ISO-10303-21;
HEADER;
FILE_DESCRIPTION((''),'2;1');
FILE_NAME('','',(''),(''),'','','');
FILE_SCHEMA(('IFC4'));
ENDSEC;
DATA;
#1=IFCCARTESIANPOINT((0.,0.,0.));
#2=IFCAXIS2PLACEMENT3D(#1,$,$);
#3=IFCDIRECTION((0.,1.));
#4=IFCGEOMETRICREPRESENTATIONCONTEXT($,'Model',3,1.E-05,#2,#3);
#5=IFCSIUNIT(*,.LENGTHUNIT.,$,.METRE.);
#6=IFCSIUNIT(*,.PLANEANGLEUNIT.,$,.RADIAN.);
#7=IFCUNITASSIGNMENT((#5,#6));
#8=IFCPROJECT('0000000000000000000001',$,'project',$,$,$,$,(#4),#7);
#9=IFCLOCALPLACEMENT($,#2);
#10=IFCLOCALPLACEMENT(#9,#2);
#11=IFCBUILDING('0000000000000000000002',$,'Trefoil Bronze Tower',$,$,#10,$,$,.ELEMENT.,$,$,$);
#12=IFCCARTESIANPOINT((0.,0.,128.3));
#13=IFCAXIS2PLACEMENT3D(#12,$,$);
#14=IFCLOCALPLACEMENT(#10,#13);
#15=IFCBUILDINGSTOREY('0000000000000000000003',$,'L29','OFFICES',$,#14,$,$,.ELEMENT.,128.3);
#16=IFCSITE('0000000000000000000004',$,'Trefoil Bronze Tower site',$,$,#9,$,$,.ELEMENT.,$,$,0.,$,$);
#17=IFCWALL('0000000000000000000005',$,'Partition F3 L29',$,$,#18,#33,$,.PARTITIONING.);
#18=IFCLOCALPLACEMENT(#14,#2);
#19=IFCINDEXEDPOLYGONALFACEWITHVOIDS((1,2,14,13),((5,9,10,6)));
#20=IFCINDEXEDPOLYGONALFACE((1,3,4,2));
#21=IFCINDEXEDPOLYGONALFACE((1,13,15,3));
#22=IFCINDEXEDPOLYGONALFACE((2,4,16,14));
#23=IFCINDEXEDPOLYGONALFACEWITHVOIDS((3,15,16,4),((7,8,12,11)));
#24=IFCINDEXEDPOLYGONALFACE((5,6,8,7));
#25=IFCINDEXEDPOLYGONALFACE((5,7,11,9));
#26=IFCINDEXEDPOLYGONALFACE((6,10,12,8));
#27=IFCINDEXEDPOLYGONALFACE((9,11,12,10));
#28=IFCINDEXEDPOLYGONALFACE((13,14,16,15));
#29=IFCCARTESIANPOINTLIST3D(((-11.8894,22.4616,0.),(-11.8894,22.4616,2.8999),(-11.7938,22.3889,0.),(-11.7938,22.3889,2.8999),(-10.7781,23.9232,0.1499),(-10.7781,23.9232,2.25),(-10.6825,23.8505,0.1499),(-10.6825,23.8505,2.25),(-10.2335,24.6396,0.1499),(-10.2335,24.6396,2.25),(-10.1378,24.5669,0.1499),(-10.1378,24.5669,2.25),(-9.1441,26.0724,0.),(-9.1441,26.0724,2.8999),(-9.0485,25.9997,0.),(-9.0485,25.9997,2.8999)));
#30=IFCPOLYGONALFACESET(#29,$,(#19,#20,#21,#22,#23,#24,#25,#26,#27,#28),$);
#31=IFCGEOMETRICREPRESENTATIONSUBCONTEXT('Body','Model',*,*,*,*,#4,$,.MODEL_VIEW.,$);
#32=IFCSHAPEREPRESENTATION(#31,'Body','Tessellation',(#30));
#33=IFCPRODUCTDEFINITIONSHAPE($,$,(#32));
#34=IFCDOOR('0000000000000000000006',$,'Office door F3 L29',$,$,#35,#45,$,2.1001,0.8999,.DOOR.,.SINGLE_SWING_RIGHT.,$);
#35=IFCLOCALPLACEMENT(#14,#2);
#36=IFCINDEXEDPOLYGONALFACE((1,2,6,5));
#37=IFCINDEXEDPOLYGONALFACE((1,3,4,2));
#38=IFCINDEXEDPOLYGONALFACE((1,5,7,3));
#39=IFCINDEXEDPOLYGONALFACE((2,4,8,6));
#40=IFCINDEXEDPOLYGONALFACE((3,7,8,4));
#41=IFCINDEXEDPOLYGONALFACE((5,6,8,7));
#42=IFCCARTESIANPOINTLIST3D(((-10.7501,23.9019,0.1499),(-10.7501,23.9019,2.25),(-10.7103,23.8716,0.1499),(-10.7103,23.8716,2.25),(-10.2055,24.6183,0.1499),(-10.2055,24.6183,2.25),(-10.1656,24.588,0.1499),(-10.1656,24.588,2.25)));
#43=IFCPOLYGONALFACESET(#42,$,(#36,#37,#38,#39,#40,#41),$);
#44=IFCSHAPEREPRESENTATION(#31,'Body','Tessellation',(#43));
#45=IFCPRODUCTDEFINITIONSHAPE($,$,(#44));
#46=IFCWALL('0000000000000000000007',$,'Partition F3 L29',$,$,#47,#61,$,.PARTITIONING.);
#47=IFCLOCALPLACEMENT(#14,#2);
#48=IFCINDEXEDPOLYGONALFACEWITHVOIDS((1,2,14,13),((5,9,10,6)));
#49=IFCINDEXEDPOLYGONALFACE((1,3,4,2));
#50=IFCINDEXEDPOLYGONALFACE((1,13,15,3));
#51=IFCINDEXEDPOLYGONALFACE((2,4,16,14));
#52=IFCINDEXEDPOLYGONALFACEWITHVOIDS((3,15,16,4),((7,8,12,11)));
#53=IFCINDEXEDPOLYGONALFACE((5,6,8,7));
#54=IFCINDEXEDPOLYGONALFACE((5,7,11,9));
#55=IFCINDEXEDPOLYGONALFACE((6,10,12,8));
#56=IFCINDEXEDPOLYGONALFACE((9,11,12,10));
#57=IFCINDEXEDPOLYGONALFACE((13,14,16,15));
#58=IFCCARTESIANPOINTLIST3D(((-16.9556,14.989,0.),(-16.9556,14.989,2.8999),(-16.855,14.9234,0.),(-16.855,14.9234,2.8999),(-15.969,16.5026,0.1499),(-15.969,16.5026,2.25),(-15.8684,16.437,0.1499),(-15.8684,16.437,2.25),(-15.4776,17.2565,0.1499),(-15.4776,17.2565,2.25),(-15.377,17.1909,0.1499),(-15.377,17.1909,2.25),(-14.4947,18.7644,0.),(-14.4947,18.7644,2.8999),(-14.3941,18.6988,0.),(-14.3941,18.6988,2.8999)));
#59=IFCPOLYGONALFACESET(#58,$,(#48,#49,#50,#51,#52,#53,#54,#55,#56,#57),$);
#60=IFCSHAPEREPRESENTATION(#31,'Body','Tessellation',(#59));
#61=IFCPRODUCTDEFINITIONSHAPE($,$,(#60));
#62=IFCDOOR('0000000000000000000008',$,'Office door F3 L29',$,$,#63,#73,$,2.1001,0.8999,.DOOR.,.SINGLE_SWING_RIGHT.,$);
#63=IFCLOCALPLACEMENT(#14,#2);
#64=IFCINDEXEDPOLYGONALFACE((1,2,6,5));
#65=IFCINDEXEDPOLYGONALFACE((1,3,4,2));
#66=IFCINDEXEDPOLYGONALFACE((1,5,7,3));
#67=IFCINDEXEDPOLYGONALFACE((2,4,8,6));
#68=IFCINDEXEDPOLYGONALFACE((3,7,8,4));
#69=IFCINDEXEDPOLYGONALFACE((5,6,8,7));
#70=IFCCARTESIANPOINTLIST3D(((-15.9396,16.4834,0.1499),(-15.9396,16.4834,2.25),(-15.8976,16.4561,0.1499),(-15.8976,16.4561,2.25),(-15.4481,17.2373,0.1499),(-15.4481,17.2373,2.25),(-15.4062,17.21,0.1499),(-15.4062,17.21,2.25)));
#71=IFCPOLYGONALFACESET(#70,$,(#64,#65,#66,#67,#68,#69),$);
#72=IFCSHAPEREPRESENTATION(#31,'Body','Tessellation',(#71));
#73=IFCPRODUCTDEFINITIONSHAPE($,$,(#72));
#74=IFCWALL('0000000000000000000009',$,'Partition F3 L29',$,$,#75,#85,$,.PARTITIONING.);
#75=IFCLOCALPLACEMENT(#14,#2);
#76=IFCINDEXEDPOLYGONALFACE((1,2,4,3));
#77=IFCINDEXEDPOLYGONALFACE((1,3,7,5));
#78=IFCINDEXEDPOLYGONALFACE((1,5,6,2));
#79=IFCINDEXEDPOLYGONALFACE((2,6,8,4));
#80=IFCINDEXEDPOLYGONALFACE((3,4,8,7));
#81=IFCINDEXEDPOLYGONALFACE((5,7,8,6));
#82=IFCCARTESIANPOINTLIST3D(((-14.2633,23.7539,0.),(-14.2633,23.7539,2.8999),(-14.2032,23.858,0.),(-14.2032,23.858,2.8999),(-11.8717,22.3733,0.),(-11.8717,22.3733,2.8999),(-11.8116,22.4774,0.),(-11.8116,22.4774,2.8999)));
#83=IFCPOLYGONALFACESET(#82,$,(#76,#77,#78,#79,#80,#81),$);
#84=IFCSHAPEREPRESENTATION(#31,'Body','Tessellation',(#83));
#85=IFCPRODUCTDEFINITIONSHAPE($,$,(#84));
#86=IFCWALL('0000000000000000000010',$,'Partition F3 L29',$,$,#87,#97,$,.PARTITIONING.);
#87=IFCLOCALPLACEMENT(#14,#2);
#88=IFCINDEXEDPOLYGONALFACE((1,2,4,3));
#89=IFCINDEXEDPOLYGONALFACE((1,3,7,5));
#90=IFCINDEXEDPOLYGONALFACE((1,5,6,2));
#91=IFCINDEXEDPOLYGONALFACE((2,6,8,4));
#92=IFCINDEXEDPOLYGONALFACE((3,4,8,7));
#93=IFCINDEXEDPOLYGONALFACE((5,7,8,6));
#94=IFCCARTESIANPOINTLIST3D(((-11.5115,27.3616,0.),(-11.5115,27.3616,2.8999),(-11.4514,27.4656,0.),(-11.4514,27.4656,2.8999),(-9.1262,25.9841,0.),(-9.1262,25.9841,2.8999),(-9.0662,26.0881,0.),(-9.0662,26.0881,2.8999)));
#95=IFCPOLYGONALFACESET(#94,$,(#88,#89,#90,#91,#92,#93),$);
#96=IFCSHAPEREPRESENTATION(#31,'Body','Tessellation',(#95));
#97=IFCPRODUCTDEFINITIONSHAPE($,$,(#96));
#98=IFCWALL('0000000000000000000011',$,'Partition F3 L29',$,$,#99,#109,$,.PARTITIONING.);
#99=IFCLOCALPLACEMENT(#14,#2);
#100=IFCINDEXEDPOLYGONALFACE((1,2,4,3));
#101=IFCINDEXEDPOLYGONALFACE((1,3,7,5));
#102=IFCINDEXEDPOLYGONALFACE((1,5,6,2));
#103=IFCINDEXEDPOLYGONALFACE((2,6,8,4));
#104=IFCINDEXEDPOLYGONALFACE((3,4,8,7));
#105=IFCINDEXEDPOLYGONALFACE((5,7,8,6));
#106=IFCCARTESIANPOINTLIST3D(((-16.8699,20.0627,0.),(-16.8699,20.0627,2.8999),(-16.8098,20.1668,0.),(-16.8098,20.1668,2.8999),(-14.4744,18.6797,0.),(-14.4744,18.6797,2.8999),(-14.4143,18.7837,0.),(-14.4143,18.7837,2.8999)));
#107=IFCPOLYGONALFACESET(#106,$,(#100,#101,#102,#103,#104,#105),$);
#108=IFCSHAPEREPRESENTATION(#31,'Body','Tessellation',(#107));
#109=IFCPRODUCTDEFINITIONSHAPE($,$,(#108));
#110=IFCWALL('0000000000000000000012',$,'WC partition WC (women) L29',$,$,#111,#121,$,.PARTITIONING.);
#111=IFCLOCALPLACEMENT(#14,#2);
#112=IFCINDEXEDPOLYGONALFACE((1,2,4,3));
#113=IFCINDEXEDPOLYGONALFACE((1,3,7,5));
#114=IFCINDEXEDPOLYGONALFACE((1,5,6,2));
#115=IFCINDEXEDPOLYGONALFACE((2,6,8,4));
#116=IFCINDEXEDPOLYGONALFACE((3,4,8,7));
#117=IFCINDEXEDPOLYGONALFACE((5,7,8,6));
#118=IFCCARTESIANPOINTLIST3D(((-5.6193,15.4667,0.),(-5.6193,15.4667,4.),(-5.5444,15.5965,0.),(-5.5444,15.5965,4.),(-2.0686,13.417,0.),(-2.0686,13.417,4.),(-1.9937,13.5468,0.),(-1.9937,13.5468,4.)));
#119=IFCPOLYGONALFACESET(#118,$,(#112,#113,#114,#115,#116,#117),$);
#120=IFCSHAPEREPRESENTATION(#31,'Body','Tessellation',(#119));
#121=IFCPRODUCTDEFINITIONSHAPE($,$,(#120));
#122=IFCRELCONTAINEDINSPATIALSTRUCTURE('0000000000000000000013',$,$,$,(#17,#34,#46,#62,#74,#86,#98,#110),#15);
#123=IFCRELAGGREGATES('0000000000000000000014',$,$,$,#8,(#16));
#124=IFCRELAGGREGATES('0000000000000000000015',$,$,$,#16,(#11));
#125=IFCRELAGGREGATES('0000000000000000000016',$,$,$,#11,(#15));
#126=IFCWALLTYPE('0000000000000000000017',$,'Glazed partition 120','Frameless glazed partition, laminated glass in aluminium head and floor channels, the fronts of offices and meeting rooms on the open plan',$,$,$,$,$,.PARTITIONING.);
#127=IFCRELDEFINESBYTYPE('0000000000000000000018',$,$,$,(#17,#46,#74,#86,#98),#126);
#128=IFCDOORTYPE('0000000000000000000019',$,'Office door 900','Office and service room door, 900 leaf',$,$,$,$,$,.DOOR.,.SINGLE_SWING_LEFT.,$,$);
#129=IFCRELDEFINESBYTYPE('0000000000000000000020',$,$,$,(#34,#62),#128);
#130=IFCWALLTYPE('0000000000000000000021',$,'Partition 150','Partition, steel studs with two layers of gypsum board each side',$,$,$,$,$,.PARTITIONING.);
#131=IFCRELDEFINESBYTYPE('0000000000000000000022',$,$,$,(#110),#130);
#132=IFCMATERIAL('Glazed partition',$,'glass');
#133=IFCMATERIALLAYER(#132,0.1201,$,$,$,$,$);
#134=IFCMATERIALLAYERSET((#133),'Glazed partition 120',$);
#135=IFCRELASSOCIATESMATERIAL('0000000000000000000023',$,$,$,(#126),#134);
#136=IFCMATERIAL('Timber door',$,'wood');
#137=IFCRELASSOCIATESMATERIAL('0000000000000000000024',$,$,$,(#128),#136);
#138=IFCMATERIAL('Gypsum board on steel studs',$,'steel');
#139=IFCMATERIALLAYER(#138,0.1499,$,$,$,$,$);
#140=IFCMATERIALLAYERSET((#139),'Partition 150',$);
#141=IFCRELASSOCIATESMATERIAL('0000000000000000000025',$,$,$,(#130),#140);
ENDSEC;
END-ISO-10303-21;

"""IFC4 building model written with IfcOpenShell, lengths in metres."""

from ifc_helpers import new_model, si_unit, direction, frame, frame_2d, origin, place, context, subcontext, project, spatial, rectangle, extrude, material, layer, layer_set, type_object, element, fill, save


model = new_model("IFC4")

# Units and contexts
model_context = context("Model", 3, precision=1e-05, world=origin(), true_north=direction((0.0, 1.0)))
body_context = subcontext(model_context, "Body", "Model", "MODEL_VIEW")
ifc_project = project(units=[si_unit("LENGTHUNIT", "METRE"), si_unit("PLANEANGLEUNIT", "RADIAN")], contexts=[model_context])

# Site, building, storey
site_placement = place(None, origin())
site = spatial("IfcSite", under=ifc_project, at=site_placement, Name="Trefoil Bronze Tower site", CompositionType="ELEMENT", RefElevation=0.0)
building_placement = place(site_placement, origin())
building = spatial("IfcBuilding", under=site, at=building_placement, Name="Trefoil Bronze Tower", CompositionType="ELEMENT")
storey_placement = place(building_placement, frame((0.0, 0.0, 128.3)))
storey = spatial("IfcBuildingStorey", under=building, at=storey_placement, Name="L29", Description="OFFICES", CompositionType="ELEMENT", Elevation=128.3)

# Walls, openings, doors
ifc_material_1 = material(Name="Glazed partition", Category="glass")
ifc_layer_1 = layer(ifc_material_1, 0.1201)
ifc_layer_set_1 = layer_set([ifc_layer_1], Name="Glazed partition 120")
wall_type_1 = type_object("IfcWallType", Name="Glazed partition 120", Description="Frameless glazed partition, laminated glass in aluminium head and floor channels, the fronts of offices and meeting rooms on the open plan", PredefinedType="PARTITIONING", material=ifc_layer_set_1)
ifc_material_2 = material(Name="Timber door", Category="wood")
door_type_1 = type_object("IfcDoorType", Name="Office door 900", Description="Office and service room door, 900 leaf", OperationType="SINGLE_SWING_LEFT", PredefinedType="DOOR", material=ifc_material_2)
wall_1_placement = place(storey_placement, frame((-9.0962, 26.0361, 0.0), z_axis=(0.0, 0.0, 1.0), x_axis=(-0.60524, -0.796043, 0.0)))
wall_1 = element("IfcWall", 1, at=wall_1_placement, inside=storey, type_object=wall_type_1, Name="Partition F3 L29", PredefinedType="PARTITIONING", context=body_context, shape_type="SweptSolid", body=[
    extrude(rectangle(XDim=4.5359, YDim=0.1201, at=frame_2d((2.2681, 0.0))), origin(), (0.0, 0.0, 1.0), 2.8999),
])
opening_1_placement = place(wall_1_placement, frame((1.8, 0.0, 0.1499)))
opening_1 = element("IfcOpeningElement", 2, at=opening_1_placement, cuts=wall_1, PredefinedType="OPENING", context=body_context, shape_type="SweptSolid", body=[
    extrude(rectangle(XDim=0.8999, YDim=2.1001, at=frame_2d((0.45, 1.05))), frame((0.0, 0.0701, 0.0), z_axis=(0.0, -1.0, 0.0), x_axis=(1.0, 0.0, 0.0)), (0.0, 0.0, 1.0), 0.1401),
])
door_1_placement = place(opening_1_placement, frame((0.8999, 0.0, 0.0), z_axis=(0.0, 0.0, 1.0), x_axis=(-1.0, 0.0, 0.0)))
door_1 = element("IfcDoor", 3, at=door_1_placement, inside=storey, type_object=door_type_1, Name="Office door F3 L29", OperationType="SINGLE_SWING_RIGHT", OverallHeight=2.1001, OverallWidth=0.8999, PredefinedType="DOOR", context=body_context, shape_type="SweptSolid", body=[
    extrude(rectangle(XDim=0.8999, YDim=2.1001, at=frame_2d((0.45, 1.05))), frame((0.0, 0.0249, 0.0), z_axis=(0.0, -1.0, 0.0), x_axis=(1.0, 0.0, 0.0)), (0.0, 0.0, 1.0), 0.05),
])
fill(opening_1, door_1)
wall_2_placement = place(storey_placement, frame((-14.4443, 18.7317, 0.0), z_axis=(0.0, 0.0, 1.0), x_axis=(-0.546069, -0.83774, 0.0)))
wall_2 = element("IfcWall", 4, at=wall_2_placement, inside=storey, type_object=wall_type_1, Name="Partition F3 L29", PredefinedType="PARTITIONING", context=body_context, shape_type="SweptSolid", body=[
    extrude(rectangle(XDim=4.5066, YDim=0.1201, at=frame_2d((2.2534, 0.0))), origin(), (0.0, 0.0, 1.0), 2.8999),
])
opening_2_placement = place(wall_2_placement, frame((1.8, 0.0, 0.1499)))
opening_2 = element("IfcOpeningElement", 5, at=opening_2_placement, cuts=wall_2, PredefinedType="OPENING", context=body_context, shape_type="SweptSolid", body=[
    extrude(rectangle(XDim=0.8999, YDim=2.1001, at=frame_2d((0.45, 1.05))), frame((0.0, 0.0701, 0.0), z_axis=(0.0, -1.0, 0.0), x_axis=(1.0, 0.0, 0.0)), (0.0, 0.0, 1.0), 0.1401),
])
door_2_placement = place(opening_2_placement, frame((0.8999, 0.0, 0.0), z_axis=(0.0, 0.0, 1.0), x_axis=(-1.0, 0.0, 0.0)))
door_2 = element("IfcDoor", 6, at=door_2_placement, inside=storey, type_object=door_type_1, Name="Office door F3 L29", OperationType="SINGLE_SWING_RIGHT", OverallHeight=2.1001, OverallWidth=0.8999, PredefinedType="DOOR", context=body_context, shape_type="SweptSolid", body=[
    extrude(rectangle(XDim=0.8999, YDim=2.1001, at=frame_2d((0.45, 1.05))), frame((0.0, 0.0249, 0.0), z_axis=(0.0, -1.0, 0.0), x_axis=(1.0, 0.0, 0.0)), (0.0, 0.0, 1.0), 0.05),
])
fill(opening_2, door_2)

# Walls
wall_3_placement = place(storey_placement, frame((-11.8416, 22.4253, 0.0), z_axis=(0.0, 0.0, 1.0), x_axis=(-0.866053, 0.499952, 0.0)))
element("IfcWall", 7, at=wall_3_placement, inside=storey, type_object=wall_type_1, Name="Partition F3 L29", PredefinedType="PARTITIONING", context=body_context, shape_type="SweptSolid", body=[
    extrude(rectangle(XDim=2.7615, YDim=0.1201, at=frame_2d((1.3809, 0.0))), origin(), (0.0, 0.0, 1.0), 2.8999),
])
wall_4_placement = place(storey_placement, frame((-9.0962, 26.0361, 0.0), z_axis=(0.0, 0.0, 1.0), x_axis=(-0.865976, 0.500086, 0.0)))
element("IfcWall", 8, at=wall_4_placement, inside=storey, type_object=wall_type_1, Name="Partition F3 L29", PredefinedType="PARTITIONING", context=body_context, shape_type="SweptSolid", body=[
    extrude(rectangle(XDim=2.7544, YDim=0.1201, at=frame_2d((1.3772, 0.0))), origin(), (0.0, 0.0, 1.0), 2.8999),
])
wall_5_placement = place(storey_placement, frame((-14.4443, 18.7317, 0.0), z_axis=(0.0, 0.0, 1.0), x_axis=(-0.866024, 0.500003, 0.0)))
element("IfcWall", 9, at=wall_5_placement, inside=storey, type_object=wall_type_1, Name="Partition F3 L29", PredefinedType="PARTITIONING", context=body_context, shape_type="SweptSolid", body=[
    extrude(rectangle(XDim=2.7661, YDim=0.1201, at=frame_2d((1.3831, 0.0))), origin(), (0.0, 0.0, 1.0), 2.8999),
])
ifc_material_3 = material(Name="Gypsum board on steel studs", Category="steel")
ifc_layer_2 = layer(ifc_material_3, 0.1499)
ifc_layer_set_2 = layer_set([ifc_layer_2], Name="Partition 150")
wall_type_2 = type_object("IfcWallType", Name="Partition 150", Description="Partition, steel studs with two layers of gypsum board each side", PredefinedType="PARTITIONING", material=ifc_layer_set_2)
wall_6_placement = place(storey_placement, frame((-2.0312, 13.4819, 0.0), z_axis=(0.0, 0.0, 1.0), x_axis=(-0.866051, 0.499956, 0.0)))
element("IfcWall", 10, at=wall_6_placement, inside=storey, type_object=wall_type_2, Name="WC partition WC (women) L29", PredefinedType="PARTITIONING", context=body_context, shape_type="SweptSolid", body=[
    extrude(rectangle(XDim=4.0999, YDim=0.1499, at=frame_2d((2.0498, 0.0))), origin(), (0.0, 0.0, 1.0), 4.0),
])

save(model, "model.ifc")
